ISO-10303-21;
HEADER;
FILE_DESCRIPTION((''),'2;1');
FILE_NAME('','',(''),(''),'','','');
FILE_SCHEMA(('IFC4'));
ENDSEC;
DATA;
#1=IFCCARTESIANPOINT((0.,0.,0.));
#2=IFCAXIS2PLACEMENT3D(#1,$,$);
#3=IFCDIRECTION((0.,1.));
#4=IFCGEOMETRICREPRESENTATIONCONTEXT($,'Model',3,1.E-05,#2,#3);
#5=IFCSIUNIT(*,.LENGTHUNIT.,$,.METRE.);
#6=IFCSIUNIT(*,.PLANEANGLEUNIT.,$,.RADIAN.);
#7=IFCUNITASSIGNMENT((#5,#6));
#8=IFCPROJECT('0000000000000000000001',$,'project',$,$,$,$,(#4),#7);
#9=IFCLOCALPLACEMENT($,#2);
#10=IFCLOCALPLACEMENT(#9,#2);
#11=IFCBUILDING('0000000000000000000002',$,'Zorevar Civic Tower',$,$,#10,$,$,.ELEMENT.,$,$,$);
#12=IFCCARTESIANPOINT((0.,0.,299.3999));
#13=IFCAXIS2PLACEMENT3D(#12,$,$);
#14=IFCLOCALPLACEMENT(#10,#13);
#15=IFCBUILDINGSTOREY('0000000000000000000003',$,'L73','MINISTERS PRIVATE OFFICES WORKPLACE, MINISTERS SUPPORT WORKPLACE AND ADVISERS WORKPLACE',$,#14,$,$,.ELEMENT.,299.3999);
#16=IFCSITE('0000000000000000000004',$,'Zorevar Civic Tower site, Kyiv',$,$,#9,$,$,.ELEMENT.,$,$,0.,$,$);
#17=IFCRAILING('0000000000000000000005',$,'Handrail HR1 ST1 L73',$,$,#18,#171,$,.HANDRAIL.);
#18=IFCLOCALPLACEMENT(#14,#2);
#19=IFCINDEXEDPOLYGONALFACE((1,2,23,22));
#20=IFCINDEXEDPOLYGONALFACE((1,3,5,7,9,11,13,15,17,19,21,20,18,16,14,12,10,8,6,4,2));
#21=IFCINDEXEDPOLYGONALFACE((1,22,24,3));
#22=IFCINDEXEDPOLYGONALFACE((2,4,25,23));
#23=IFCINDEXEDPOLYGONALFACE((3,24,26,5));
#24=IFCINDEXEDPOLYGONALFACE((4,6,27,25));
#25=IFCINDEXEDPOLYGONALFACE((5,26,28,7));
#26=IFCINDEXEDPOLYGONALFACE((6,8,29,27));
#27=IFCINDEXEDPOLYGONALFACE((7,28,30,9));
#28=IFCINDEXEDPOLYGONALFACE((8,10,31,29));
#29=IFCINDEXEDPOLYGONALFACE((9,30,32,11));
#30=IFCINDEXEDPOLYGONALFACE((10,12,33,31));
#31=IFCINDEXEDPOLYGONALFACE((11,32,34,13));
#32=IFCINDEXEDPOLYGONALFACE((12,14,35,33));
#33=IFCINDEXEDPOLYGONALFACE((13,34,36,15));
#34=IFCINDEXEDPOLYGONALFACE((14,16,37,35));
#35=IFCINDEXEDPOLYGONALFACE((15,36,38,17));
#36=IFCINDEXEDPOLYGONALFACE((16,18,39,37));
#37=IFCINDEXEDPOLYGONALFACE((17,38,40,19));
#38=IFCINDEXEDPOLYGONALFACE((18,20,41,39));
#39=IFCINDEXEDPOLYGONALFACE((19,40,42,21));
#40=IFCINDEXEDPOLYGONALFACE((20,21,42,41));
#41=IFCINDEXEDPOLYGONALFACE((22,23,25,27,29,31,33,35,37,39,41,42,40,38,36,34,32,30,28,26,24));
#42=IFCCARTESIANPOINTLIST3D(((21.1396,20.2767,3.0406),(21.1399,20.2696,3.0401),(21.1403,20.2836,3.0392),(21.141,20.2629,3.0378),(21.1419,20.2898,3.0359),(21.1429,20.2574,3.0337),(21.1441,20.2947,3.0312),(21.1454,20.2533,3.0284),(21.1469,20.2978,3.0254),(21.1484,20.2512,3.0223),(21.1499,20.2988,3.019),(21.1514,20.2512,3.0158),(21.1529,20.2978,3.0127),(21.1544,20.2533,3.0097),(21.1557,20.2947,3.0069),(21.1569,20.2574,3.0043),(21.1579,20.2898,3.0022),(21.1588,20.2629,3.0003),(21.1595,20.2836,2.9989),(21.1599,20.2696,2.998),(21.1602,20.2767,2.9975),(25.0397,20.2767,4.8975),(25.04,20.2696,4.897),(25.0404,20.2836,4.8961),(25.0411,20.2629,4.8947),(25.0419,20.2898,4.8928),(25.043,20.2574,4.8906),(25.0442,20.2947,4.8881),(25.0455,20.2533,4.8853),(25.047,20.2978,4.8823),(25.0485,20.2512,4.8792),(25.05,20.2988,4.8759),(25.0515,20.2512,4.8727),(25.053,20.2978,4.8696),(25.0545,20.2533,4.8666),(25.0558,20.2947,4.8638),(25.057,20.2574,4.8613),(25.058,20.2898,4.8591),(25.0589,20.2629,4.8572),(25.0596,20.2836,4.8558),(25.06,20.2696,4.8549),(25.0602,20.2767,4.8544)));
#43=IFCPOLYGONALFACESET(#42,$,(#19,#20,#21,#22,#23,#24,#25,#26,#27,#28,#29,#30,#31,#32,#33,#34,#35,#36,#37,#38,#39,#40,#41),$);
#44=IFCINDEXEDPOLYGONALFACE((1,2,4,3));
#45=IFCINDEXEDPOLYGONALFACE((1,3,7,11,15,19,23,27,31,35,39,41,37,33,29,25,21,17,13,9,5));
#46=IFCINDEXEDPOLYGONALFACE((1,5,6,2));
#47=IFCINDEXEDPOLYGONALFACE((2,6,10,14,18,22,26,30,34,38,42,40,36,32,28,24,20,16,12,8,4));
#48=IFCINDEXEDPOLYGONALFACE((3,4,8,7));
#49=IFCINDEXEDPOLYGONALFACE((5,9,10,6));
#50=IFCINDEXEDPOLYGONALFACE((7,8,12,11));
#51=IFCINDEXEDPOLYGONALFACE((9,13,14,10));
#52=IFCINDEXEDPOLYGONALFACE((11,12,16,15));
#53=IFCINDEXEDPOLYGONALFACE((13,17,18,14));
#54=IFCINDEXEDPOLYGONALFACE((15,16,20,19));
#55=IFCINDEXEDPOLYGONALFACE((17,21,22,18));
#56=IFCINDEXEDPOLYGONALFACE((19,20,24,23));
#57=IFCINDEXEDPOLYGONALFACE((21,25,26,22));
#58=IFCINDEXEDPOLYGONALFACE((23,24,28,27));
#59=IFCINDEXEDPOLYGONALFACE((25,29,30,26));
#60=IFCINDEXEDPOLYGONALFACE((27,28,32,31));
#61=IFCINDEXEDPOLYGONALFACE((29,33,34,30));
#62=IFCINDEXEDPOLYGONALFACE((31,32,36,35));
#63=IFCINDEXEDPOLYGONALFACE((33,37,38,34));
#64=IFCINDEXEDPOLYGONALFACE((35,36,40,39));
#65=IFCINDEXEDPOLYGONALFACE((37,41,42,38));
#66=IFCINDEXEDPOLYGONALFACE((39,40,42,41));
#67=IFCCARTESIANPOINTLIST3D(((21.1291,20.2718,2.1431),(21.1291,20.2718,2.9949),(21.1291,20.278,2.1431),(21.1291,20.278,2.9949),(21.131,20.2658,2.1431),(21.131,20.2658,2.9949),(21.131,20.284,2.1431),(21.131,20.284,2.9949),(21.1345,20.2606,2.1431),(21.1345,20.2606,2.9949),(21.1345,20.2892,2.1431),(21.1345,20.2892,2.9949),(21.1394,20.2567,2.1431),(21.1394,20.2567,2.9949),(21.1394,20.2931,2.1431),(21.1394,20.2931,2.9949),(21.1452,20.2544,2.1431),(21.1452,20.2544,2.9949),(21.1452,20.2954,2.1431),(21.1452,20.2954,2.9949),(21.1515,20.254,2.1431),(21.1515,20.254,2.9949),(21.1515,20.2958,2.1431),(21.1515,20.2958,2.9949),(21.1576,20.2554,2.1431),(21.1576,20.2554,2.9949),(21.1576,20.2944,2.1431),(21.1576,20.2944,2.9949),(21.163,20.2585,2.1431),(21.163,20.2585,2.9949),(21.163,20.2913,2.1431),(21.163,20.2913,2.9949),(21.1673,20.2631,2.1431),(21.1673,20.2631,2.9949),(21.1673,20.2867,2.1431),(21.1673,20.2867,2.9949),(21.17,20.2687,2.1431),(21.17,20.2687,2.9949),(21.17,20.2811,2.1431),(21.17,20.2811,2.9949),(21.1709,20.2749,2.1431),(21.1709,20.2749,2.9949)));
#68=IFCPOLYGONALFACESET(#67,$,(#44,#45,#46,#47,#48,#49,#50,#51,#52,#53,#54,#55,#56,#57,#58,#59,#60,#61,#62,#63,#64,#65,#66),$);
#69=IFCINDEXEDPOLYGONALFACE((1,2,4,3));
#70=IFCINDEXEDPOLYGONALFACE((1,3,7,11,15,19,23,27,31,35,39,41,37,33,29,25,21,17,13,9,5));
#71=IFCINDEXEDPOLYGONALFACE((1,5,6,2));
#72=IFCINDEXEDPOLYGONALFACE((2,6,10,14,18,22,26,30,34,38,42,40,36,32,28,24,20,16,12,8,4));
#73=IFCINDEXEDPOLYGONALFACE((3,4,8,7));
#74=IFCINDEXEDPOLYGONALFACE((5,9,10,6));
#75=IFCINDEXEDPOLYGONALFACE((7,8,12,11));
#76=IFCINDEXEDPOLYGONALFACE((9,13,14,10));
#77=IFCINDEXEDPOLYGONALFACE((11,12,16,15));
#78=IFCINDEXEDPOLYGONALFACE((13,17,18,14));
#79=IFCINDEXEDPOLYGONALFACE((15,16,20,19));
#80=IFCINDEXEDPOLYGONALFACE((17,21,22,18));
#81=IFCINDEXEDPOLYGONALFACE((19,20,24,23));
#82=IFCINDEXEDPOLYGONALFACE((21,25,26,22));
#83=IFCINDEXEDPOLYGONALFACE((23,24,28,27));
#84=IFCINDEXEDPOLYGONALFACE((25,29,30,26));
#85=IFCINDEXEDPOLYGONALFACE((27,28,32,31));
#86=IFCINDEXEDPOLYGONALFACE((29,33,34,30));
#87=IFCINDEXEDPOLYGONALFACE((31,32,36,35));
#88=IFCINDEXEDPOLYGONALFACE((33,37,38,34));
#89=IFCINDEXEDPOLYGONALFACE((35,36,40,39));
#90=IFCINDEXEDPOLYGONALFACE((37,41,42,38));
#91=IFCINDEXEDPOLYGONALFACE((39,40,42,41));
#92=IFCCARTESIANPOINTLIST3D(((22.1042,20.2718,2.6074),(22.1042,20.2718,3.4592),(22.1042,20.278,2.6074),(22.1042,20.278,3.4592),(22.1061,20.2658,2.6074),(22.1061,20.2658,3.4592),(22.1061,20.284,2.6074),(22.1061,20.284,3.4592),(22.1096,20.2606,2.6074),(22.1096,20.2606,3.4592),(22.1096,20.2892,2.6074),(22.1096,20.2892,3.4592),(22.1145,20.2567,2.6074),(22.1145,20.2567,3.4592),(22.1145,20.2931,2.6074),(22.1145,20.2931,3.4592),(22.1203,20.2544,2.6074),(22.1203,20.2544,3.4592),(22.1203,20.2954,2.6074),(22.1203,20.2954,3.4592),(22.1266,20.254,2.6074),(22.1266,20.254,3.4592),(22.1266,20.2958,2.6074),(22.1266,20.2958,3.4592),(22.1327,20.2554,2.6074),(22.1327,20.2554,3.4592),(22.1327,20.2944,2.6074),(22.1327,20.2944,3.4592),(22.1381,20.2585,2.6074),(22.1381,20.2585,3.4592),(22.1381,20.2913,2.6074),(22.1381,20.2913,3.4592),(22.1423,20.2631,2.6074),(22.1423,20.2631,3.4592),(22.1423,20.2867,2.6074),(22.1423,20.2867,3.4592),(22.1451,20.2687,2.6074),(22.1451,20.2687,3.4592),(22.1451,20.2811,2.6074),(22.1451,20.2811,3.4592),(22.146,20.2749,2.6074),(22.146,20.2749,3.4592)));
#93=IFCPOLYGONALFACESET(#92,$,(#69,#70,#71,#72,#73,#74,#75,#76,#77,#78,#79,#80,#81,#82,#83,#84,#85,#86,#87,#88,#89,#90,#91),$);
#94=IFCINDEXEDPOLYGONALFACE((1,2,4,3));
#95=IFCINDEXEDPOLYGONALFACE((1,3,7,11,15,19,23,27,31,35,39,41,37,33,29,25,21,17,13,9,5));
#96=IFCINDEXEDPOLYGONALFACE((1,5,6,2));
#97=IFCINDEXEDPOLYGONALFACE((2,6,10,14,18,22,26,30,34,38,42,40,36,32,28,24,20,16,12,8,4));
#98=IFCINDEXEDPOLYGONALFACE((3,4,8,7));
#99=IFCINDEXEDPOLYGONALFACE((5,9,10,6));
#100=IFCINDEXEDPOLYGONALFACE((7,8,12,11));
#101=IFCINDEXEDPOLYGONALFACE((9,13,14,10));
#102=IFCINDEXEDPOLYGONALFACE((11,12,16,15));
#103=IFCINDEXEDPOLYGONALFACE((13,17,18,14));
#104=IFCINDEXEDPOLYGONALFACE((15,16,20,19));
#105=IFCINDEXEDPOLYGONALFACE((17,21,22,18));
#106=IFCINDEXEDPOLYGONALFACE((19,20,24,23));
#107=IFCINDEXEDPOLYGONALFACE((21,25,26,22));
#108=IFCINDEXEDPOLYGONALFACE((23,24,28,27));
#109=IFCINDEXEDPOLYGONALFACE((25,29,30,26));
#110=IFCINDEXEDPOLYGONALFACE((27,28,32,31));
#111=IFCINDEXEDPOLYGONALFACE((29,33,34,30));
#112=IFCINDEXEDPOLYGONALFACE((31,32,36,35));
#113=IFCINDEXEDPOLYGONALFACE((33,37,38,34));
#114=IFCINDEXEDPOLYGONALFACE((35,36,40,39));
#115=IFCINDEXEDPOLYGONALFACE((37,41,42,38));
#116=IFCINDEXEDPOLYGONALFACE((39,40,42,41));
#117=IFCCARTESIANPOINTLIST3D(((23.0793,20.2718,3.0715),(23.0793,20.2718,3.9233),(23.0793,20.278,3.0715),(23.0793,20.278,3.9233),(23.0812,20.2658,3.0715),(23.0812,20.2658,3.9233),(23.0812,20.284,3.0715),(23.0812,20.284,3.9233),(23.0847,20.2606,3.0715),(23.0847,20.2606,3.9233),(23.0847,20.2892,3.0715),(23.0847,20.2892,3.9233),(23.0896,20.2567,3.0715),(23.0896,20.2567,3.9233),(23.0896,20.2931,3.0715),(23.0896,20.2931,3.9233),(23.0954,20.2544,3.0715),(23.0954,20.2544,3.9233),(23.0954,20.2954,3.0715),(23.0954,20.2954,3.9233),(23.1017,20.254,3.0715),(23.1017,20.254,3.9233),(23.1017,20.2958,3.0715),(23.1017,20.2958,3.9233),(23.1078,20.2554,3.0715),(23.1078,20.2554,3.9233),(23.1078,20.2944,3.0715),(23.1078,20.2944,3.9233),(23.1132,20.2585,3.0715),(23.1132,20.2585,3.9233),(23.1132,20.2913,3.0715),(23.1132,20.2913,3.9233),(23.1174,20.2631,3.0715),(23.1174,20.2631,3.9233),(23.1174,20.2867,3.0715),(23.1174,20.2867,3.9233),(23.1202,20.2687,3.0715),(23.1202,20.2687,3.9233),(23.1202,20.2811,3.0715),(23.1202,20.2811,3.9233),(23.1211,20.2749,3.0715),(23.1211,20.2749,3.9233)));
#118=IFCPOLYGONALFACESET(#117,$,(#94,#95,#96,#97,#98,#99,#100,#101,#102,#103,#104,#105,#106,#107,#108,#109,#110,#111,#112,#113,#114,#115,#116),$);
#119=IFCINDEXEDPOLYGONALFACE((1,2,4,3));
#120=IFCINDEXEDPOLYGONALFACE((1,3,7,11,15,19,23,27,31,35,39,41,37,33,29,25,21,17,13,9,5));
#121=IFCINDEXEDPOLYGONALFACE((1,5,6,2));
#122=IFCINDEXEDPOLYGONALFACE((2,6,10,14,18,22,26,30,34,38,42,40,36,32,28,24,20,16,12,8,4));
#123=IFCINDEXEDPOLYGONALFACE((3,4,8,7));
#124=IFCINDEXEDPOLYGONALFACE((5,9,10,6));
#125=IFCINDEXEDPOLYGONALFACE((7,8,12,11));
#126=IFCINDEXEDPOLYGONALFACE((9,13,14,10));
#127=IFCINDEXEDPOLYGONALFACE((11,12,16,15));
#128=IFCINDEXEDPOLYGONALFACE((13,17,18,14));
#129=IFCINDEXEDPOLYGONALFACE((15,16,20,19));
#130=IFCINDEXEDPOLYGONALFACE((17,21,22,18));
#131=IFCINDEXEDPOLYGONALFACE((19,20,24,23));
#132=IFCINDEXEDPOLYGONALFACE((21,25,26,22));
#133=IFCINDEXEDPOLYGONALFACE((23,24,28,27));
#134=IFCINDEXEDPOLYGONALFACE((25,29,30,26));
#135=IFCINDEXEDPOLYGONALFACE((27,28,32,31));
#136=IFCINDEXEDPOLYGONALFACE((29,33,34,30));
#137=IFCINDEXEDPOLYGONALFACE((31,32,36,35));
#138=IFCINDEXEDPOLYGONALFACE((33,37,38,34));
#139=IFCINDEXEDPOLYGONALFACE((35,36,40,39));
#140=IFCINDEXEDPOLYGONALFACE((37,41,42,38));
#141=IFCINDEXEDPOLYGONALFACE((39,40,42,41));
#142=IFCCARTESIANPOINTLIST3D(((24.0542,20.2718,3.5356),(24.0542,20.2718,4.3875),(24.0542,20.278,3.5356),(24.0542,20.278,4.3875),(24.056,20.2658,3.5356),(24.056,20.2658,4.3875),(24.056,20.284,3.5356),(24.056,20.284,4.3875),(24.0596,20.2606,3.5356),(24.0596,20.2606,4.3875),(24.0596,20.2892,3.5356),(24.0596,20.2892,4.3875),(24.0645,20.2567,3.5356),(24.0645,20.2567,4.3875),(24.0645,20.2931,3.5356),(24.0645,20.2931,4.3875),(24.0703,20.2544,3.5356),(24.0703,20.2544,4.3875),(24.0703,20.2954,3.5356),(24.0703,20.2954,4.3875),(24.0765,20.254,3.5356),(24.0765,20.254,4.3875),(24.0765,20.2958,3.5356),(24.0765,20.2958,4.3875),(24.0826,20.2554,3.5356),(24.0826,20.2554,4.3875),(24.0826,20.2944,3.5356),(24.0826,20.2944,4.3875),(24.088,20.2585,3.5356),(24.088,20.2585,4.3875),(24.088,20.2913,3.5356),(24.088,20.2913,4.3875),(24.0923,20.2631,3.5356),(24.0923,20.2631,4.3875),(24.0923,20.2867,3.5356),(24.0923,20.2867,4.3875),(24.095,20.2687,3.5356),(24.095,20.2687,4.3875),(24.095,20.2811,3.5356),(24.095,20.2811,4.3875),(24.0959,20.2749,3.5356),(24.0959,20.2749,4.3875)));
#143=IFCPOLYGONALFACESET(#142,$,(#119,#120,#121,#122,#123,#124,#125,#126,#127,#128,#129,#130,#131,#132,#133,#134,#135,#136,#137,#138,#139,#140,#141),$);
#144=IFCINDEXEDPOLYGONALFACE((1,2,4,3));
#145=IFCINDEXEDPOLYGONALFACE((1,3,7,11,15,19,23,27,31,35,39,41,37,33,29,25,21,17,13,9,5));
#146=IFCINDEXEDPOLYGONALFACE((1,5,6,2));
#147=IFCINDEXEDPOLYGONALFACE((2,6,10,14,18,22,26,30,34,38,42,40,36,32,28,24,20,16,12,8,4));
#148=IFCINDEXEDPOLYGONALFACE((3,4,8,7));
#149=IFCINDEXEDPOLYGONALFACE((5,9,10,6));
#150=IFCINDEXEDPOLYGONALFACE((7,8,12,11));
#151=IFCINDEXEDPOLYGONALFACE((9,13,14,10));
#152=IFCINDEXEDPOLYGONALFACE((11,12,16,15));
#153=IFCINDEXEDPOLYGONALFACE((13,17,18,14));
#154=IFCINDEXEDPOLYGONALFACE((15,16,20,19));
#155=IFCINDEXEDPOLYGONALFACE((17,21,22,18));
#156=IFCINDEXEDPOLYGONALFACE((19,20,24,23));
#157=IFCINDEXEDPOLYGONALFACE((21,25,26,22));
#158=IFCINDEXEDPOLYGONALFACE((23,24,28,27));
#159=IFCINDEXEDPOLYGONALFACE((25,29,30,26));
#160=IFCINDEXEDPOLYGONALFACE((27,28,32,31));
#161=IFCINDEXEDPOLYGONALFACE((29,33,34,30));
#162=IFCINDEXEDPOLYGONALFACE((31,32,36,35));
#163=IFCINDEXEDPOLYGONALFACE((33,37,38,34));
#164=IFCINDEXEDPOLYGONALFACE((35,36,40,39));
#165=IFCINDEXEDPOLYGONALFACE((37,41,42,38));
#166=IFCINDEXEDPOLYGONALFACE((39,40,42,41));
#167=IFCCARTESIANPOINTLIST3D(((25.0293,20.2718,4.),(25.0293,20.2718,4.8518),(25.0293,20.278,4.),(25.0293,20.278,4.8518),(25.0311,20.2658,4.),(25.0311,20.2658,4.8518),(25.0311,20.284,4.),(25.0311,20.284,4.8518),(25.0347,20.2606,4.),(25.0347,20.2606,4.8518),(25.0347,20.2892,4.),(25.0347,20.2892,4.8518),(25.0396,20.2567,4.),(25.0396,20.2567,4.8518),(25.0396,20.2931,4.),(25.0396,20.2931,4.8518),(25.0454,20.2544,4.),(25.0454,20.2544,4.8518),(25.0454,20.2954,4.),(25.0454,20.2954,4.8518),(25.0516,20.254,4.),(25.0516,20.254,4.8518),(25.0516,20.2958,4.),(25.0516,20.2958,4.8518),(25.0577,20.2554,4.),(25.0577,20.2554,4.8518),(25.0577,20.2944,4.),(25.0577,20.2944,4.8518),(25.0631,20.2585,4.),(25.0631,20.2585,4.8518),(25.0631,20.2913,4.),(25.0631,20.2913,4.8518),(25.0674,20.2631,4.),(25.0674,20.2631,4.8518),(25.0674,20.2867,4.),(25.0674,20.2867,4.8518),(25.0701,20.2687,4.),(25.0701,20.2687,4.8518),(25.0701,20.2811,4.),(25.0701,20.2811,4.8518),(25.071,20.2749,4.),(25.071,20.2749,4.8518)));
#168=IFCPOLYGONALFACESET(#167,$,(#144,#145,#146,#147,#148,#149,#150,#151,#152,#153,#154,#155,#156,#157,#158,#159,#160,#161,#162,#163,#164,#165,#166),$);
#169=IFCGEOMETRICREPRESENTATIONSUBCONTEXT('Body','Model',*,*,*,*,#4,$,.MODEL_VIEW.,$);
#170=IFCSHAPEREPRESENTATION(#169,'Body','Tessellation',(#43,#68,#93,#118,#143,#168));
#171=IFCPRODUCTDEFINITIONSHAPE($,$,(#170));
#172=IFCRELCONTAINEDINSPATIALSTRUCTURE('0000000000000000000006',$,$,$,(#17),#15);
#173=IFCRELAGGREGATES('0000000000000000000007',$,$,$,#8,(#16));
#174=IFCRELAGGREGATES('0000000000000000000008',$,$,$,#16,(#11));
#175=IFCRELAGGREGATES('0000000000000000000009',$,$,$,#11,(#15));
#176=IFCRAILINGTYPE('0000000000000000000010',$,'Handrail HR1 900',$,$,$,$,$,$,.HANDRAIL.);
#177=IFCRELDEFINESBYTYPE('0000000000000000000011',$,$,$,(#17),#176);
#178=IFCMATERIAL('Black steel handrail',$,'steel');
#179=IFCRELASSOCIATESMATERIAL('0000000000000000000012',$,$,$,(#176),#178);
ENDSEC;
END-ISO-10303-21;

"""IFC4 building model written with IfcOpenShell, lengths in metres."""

from ifc_helpers import new_model, si_unit, direction, frame, origin, origin_2d, place, context, subcontext, project, spatial, circle, extrude, material, type_object, element, save


model = new_model("IFC4")

# Units and contexts
model_context = context("Model", 3, precision=1e-05, world=origin(), true_north=direction((0.0, 1.0)))
body_context = subcontext(model_context, "Body", "Model", "MODEL_VIEW")
ifc_project = project(units=[si_unit("LENGTHUNIT", "METRE"), si_unit("PLANEANGLEUNIT", "RADIAN")], contexts=[model_context])

# Site, building, storey
site_placement = place(None, origin())
site = spatial("IfcSite", under=ifc_project, at=site_placement, Name="Zorevar Civic Tower site, Kyiv", CompositionType="ELEMENT", RefElevation=0.0)
building_placement = place(site_placement, origin())
building = spatial("IfcBuilding", under=site, at=building_placement, Name="Zorevar Civic Tower", CompositionType="ELEMENT")
storey_placement = place(building_placement, frame((0.0, 0.0, 299.3999)))
storey = spatial("IfcBuildingStorey", under=building, at=storey_placement, Name="L73", Description="MINISTERS PRIVATE OFFICES WORKPLACE, MINISTERS SUPPORT WORKPLACE AND ADVISERS WORKPLACE", CompositionType="ELEMENT", Elevation=299.3999)

# Railing
ifc_material_1 = material(Name="Black steel handrail", Category="steel")
railing_type = type_object("IfcRailingType", Name="Handrail HR1 900", PredefinedType="HANDRAIL", material=ifc_material_1)
railing_placement = place(storey_placement, frame((21.1499, 20.2749, 2.1431)))
element("IfcRailing", 1, at=railing_placement, inside=storey, type_object=railing_type, Name="Handrail HR1 ST1 L73", PredefinedType="HANDRAIL", context=body_context, shape_type="SweptSolid", body=[
    extrude(circle(Radius=0.0239, at=origin_2d()), frame((0.0, 0.0, 0.876), z_axis=(0.902886, 0.0, 0.429881), x_axis=(0.0, 1.0, 0.0)), (0.0, 0.0, 1.0), 4.3196),
    extrude(circle(Radius=0.021, at=origin_2d()), origin(), (0.0, 0.0, 1.0), 0.8518),
    extrude(circle(Radius=0.021, at=origin_2d()), frame((0.9751, 0.0, 0.4644)), (0.0, 0.0, 1.0), 0.8518),
    extrude(circle(Radius=0.021, at=origin_2d()), frame((1.9502, 0.0, 0.9285)), (0.0, 0.0, 1.0), 0.8518),
    extrude(circle(Radius=0.021, at=origin_2d()), frame((2.925, 0.0, 1.3926)), (0.0, 0.0, 1.0), 0.8518),
    extrude(circle(Radius=0.021, at=origin_2d()), frame((3.9001, 0.0, 1.8569)), (0.0, 0.0, 1.0), 0.8518),
])

save(model, "model.ifc")
